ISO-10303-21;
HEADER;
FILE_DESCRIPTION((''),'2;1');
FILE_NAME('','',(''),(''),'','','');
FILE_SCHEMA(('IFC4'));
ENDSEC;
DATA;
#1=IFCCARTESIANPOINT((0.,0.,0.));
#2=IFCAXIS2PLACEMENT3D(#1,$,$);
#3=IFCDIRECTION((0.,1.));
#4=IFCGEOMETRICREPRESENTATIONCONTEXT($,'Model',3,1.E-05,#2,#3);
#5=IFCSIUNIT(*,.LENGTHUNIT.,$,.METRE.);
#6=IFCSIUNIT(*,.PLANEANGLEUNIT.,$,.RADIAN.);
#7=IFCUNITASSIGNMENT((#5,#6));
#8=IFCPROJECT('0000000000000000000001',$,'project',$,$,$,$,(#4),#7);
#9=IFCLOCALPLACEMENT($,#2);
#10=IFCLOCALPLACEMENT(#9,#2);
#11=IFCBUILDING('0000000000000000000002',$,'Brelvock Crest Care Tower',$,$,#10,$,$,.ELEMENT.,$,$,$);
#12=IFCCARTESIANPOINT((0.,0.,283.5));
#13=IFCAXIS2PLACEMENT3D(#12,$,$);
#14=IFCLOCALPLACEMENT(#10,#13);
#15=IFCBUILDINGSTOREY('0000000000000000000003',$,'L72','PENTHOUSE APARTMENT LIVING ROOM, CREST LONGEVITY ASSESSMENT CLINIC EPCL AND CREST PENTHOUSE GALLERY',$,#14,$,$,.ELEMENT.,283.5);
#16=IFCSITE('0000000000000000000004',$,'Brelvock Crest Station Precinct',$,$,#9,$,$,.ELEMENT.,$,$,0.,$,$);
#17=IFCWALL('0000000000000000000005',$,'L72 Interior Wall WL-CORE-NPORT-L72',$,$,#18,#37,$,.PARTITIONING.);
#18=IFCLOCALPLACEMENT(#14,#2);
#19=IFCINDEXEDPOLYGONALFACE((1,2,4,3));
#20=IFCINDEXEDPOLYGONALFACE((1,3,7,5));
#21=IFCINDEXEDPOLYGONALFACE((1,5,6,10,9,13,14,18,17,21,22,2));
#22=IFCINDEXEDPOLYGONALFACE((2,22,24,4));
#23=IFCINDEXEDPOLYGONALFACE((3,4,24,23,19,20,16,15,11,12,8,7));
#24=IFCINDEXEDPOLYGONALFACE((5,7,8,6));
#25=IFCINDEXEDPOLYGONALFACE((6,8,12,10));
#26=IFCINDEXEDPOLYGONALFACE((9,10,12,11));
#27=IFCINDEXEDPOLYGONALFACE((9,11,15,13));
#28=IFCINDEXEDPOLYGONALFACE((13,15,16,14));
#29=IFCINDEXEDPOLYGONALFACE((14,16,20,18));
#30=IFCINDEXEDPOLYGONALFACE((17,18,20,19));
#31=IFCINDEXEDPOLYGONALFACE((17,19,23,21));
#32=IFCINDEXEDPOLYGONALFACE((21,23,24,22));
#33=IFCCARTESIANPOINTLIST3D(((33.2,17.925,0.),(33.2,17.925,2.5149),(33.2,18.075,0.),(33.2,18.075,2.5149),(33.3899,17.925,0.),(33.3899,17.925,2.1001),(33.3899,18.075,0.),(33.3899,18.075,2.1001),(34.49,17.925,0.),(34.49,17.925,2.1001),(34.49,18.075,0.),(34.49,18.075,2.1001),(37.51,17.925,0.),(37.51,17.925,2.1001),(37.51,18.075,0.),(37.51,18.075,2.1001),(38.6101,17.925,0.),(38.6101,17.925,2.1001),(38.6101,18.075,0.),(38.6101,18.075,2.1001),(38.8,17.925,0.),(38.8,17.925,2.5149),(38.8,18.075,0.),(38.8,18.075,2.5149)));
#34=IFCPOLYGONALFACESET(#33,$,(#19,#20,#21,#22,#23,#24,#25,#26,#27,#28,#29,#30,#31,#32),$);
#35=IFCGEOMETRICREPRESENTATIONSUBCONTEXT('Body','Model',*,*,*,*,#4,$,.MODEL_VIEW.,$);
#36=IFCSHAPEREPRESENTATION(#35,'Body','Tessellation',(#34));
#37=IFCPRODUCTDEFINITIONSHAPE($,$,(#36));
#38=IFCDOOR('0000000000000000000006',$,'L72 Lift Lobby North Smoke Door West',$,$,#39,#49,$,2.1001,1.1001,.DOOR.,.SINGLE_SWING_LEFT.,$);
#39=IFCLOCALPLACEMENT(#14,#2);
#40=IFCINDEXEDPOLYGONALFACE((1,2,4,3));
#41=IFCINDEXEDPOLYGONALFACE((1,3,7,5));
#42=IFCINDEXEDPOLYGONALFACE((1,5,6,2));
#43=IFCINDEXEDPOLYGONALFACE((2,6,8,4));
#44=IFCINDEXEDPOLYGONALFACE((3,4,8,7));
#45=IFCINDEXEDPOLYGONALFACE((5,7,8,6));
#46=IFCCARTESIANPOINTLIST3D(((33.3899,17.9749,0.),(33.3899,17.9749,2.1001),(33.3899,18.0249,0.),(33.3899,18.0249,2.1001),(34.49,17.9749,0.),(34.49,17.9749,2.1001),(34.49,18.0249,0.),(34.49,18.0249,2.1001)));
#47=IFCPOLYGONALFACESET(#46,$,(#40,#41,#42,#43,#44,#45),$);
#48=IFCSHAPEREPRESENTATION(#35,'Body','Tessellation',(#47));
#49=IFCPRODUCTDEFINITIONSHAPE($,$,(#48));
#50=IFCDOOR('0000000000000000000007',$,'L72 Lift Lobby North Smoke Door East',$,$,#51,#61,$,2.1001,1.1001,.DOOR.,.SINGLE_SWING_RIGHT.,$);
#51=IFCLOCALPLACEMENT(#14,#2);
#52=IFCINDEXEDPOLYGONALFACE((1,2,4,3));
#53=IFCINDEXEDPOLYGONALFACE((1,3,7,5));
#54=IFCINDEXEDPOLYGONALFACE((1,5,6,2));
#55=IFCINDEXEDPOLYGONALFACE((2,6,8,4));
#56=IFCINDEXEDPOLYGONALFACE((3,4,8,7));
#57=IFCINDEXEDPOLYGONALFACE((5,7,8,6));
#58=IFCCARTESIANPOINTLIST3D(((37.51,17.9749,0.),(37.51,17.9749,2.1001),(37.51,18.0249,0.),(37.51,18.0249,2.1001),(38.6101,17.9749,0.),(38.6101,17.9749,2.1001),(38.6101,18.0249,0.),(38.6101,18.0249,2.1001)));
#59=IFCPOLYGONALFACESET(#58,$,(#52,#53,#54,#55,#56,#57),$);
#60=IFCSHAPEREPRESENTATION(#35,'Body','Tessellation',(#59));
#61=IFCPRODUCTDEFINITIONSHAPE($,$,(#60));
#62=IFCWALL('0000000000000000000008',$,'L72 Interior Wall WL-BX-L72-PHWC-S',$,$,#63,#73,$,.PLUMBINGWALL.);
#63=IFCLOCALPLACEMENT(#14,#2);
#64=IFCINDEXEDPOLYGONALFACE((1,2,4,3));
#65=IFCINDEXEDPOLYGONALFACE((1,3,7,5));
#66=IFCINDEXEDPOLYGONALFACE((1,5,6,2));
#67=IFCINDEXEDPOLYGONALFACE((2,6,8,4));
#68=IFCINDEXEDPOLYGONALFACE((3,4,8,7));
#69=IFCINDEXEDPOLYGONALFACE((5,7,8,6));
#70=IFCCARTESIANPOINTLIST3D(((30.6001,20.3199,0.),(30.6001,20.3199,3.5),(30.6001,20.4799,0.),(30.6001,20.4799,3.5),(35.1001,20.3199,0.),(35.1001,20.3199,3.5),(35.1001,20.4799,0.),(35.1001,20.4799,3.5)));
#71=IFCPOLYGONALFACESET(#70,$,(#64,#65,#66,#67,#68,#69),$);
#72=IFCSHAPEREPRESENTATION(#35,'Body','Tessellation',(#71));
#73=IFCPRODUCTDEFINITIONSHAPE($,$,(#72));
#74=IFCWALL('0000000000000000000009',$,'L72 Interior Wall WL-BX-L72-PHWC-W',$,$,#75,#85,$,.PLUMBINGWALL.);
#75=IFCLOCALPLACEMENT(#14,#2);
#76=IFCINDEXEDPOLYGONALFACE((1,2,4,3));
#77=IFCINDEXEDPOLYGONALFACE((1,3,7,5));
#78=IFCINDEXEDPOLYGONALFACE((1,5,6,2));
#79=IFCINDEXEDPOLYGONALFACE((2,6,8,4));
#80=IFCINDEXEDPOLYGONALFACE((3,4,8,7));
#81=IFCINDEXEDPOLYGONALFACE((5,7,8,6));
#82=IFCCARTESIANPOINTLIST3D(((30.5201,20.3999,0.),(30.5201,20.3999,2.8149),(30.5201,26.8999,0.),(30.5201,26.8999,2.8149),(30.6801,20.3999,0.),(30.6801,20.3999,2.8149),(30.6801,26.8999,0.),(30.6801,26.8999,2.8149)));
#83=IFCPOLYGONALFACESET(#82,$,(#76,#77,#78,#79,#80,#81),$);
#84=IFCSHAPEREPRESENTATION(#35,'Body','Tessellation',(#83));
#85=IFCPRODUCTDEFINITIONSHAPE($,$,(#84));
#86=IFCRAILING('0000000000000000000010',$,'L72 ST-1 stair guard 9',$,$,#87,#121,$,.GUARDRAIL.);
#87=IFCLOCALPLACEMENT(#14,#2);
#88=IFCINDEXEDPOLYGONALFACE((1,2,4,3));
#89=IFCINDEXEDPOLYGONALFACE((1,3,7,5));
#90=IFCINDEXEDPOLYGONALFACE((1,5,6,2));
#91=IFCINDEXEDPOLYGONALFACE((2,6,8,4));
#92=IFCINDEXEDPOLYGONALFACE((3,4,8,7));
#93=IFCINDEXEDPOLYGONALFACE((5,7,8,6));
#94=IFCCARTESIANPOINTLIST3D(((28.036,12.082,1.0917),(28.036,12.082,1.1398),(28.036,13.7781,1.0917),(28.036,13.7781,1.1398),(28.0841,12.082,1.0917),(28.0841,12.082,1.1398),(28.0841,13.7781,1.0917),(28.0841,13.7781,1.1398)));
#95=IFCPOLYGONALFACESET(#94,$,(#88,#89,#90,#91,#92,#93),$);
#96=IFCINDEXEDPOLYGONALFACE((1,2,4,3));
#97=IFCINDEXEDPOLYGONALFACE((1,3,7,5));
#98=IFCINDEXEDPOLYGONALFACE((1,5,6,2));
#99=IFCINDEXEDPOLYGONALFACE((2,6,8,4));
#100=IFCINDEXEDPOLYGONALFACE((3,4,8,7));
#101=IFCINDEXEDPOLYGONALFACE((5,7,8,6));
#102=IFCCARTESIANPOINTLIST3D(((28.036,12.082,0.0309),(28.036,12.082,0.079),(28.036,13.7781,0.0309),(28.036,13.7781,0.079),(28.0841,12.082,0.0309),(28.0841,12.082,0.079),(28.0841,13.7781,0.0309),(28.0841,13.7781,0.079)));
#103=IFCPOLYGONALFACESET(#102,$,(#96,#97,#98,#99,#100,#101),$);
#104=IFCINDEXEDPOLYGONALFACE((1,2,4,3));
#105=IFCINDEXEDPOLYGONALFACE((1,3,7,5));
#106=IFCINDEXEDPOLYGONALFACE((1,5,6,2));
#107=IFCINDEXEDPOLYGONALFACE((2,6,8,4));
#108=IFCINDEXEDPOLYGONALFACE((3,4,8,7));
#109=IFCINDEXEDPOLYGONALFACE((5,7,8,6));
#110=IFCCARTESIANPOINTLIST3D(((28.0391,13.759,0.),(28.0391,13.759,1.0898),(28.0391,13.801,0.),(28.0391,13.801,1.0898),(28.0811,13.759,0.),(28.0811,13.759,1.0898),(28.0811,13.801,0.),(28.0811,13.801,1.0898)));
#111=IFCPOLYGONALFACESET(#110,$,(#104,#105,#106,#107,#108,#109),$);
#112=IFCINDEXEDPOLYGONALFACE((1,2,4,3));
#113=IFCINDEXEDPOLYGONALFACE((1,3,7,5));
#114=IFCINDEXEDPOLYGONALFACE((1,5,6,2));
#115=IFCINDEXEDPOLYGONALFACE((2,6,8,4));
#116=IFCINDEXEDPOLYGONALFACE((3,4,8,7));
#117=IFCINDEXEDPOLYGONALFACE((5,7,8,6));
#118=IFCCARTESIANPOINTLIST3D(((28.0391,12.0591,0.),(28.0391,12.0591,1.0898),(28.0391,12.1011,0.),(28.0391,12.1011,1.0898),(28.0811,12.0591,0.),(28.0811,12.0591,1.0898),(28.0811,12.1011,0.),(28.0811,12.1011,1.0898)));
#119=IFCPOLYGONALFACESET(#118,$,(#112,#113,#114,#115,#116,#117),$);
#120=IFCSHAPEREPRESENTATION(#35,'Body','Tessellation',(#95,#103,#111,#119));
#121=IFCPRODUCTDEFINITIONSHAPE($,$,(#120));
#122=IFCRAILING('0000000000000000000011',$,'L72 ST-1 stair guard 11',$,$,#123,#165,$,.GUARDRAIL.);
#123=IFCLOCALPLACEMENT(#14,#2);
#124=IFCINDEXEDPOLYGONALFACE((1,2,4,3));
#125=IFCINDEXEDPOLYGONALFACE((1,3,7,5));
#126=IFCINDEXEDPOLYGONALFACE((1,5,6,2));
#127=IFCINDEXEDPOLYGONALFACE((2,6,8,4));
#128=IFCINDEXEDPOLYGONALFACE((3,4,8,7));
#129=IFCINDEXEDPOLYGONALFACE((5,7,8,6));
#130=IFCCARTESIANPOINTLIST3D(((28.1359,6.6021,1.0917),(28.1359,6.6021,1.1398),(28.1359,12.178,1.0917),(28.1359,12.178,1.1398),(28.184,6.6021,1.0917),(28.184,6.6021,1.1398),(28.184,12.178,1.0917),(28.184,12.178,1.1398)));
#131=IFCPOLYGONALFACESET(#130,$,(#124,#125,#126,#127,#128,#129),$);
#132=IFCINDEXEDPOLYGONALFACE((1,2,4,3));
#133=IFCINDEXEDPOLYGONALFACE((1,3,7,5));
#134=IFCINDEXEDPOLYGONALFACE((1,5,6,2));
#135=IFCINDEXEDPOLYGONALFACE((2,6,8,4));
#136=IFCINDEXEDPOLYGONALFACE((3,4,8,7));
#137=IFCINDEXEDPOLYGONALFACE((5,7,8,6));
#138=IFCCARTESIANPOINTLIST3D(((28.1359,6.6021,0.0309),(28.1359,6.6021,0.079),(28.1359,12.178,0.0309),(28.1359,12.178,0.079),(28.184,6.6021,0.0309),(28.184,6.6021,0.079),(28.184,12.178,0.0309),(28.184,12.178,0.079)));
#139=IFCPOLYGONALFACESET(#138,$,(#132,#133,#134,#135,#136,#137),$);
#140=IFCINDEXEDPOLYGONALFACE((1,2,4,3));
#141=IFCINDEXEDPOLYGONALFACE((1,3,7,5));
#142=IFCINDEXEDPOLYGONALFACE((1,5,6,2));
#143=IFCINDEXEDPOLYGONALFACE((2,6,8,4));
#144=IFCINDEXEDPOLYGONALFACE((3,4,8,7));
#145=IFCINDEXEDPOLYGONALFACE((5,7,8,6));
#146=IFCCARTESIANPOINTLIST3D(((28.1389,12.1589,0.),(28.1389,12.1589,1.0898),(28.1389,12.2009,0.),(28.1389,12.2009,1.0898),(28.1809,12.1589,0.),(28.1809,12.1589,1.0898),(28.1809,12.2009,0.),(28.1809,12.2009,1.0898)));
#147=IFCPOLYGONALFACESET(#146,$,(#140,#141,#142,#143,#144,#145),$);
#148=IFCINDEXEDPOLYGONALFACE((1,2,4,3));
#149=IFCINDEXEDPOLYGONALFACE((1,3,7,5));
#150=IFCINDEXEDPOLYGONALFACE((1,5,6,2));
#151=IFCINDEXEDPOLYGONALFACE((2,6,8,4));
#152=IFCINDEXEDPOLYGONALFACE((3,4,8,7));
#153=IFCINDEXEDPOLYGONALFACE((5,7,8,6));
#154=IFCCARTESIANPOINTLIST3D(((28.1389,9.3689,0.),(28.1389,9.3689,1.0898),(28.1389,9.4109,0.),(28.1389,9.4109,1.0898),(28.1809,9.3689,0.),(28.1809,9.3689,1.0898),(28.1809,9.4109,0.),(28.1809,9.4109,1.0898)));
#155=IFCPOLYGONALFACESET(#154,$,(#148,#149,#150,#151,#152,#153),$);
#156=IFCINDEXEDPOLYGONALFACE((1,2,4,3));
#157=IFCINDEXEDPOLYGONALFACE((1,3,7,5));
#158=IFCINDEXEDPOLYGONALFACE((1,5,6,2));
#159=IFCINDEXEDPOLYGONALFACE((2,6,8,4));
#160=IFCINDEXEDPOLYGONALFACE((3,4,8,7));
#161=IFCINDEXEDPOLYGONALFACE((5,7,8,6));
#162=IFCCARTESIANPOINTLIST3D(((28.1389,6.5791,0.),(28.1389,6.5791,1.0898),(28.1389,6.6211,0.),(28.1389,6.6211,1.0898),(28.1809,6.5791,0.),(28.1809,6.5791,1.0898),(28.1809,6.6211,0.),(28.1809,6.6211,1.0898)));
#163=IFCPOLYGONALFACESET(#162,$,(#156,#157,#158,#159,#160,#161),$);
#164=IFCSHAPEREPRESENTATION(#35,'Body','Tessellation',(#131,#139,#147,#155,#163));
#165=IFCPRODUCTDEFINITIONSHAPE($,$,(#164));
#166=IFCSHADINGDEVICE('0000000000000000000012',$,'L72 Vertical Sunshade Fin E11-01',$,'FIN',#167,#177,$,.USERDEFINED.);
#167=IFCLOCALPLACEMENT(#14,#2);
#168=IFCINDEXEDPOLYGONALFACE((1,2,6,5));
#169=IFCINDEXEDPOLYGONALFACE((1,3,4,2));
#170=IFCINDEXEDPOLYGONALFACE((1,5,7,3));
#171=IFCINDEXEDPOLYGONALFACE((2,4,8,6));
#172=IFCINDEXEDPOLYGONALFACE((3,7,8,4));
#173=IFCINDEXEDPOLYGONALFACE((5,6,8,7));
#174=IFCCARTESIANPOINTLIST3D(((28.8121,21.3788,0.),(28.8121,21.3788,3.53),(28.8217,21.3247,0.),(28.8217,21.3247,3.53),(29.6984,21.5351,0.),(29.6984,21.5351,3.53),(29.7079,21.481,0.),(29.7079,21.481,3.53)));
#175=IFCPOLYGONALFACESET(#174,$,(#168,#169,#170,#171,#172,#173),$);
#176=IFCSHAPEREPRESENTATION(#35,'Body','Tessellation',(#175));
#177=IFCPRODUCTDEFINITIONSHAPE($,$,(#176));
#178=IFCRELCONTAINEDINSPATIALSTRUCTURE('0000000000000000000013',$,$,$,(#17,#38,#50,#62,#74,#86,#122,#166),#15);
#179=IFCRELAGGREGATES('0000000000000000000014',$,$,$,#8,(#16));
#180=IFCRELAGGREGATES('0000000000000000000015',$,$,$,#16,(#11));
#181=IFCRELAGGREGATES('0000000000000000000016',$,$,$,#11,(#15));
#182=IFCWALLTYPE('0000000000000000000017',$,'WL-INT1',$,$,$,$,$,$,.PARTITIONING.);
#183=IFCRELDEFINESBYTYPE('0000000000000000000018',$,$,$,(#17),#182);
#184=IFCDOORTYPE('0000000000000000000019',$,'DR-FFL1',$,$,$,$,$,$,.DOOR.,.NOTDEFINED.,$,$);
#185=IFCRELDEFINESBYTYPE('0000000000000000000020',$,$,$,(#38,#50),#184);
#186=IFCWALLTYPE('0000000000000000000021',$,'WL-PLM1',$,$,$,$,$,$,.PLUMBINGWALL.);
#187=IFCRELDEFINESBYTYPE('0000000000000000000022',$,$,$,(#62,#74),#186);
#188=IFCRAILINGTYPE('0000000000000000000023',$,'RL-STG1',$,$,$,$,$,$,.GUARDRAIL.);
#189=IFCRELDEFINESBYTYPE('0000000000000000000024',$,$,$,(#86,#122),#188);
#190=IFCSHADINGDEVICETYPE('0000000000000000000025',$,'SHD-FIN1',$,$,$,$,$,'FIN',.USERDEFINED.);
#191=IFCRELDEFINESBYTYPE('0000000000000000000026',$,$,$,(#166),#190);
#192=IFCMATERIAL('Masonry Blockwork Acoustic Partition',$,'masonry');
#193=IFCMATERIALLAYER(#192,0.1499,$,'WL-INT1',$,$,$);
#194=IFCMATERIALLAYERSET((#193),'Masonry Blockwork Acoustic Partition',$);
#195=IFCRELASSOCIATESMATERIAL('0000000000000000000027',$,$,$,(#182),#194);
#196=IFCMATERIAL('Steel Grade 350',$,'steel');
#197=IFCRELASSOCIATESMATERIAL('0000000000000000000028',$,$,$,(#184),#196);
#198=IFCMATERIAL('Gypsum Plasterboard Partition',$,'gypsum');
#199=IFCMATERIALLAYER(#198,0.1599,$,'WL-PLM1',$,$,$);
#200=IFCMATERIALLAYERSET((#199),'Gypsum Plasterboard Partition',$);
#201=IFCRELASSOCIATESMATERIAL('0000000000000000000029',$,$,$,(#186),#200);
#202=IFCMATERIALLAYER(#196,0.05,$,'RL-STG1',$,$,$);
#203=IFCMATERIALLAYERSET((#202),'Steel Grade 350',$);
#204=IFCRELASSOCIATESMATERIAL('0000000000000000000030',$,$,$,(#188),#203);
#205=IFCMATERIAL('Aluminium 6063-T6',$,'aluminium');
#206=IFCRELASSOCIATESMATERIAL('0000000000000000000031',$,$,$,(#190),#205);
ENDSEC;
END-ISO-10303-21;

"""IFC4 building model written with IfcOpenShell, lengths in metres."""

from ifc_helpers import new_model, si_unit, direction, frame, frame_2d, origin, origin_2d, place, context, subcontext, project, spatial, rectangle, extrude, source, transform, mapped, material, layer, layer_set, material_profile, profile_set, type_object, element, fill, save


model = new_model("IFC4")

# Units and contexts
model_context = context("Model", 3, precision=1e-05, world=origin(), true_north=direction((0.0, 1.0)))
body_context = subcontext(model_context, "Body", "Model", "MODEL_VIEW")
ifc_project = project(units=[si_unit("LENGTHUNIT", "METRE"), si_unit("PLANEANGLEUNIT", "RADIAN")], contexts=[model_context])

# Site, building, storey
site_placement = place(None, origin())
site = spatial("IfcSite", under=ifc_project, at=site_placement, Name="Brelvock Crest Station Precinct", CompositionType="ELEMENT", RefElevation=0.0)
building_placement = place(site_placement, origin())
building = spatial("IfcBuilding", under=site, at=building_placement, Name="Brelvock Crest Care Tower", CompositionType="ELEMENT")
storey_placement = place(building_placement, frame((0.0, 0.0, 283.5)))
storey = spatial("IfcBuildingStorey", under=building, at=storey_placement, Name="L72", Description="PENTHOUSE APARTMENT LIVING ROOM, CREST LONGEVITY ASSESSMENT CLINIC EPCL AND CREST PENTHOUSE GALLERY", CompositionType="ELEMENT", Elevation=283.5)

# Shared definitions
ifc_material_1 = material(Name="Steel Grade 350", Category="steel")

# Shared definitions
ifc_material_2 = material(Name="Aluminium 6063-T6", Category="aluminium")

# Shared definitions
ifc_material_3 = material(Name="Masonry Blockwork Acoustic Partition", Category="masonry")
ifc_layer_1 = layer(ifc_material_3, 0.1499, Name="WL-INT1")
ifc_layer_set_1 = layer_set([ifc_layer_1], Name="Masonry Blockwork Acoustic Partition")
wall_type_1 = type_object("IfcWallType", Name="WL-INT1", PredefinedType="PARTITIONING", material=ifc_layer_set_1)

# Wall, openings, doors
wall_1_placement = place(storey_placement, frame((33.2, 18.0, 0.0), z_axis=(0.0, 0.0, 1.0), x_axis=(1.0, 0.0, 0.0)))
wall_1 = element("IfcWall", 1, at=wall_1_placement, inside=storey, type_object=wall_type_1, Name="L72 Interior Wall WL-CORE-NPORT-L72", PredefinedType="PARTITIONING", context=body_context, shape_type="SweptSolid", body=[
    extrude(rectangle(XDim=5.6001, YDim=0.1499, at=frame_2d((2.8, 0.0))), origin(), (0.0, 0.0, 1.0), 2.5149),
])
opening_1_placement = place(wall_1_placement, frame((0.1899, 0.0, 0.0)))
opening_1 = element("IfcOpeningElement", 2, at=opening_1_placement, cuts=wall_1, PredefinedType="OPENING", context=body_context, shape_type="SweptSolid", body=[
    extrude(rectangle(XDim=1.1001, YDim=2.1001, at=origin_2d()), frame((0.55, 0.085, 1.05), z_axis=(0.0, -1.0, 0.0), x_axis=(1.0, 0.0, 0.0)), (0.0, 0.0, 1.0), 0.1699),
])
opening_2_placement = place(wall_1_placement, frame((4.3101, 0.0, 0.0)))
opening_2 = element("IfcOpeningElement", 3, at=opening_2_placement, cuts=wall_1, PredefinedType="OPENING", context=body_context, shape_type="SweptSolid", body=[
    extrude(rectangle(XDim=1.1001, YDim=2.1001, at=origin_2d()), frame((0.55, 0.085, 1.05), z_axis=(0.0, -1.0, 0.0), x_axis=(1.0, 0.0, 0.0)), (0.0, 0.0, 1.0), 0.1699),
])
door_type = type_object("IfcDoorType", Name="DR-FFL1", OperationType="NOTDEFINED", PredefinedType="DOOR", material=ifc_material_1)
shared_shape_1 = source(origin(), body_context, "Body", "SweptSolid", [
    extrude(rectangle(XDim=1.1001, YDim=2.1001, at=origin_2d()), frame((0.55, 0.0249, 1.05), z_axis=(0.0, -1.0, 0.0), x_axis=(1.0, 0.0, 0.0)), (0.0, 0.0, 1.0), 0.05),
])
door_1_placement = place(opening_1_placement, origin())
door_1 = element("IfcDoor", 4, at=door_1_placement, inside=storey, type_object=door_type, Name="L72 Lift Lobby North Smoke Door West", OperationType="SINGLE_SWING_LEFT", OverallHeight=2.1001, OverallWidth=1.1001, PredefinedType="DOOR", context=body_context, shape_type="MappedRepresentation", body=[
    mapped(shared_shape_1, transform((0.0, 0.0, 0.0), x_axis=(1.0, 0.0, 0.0), y_axis=(0.0, 1.0, 0.0), z_axis=(0.0, 0.0, 1.0), scale=1.0)),
])
fill(opening_1, door_1)
door_2_placement = place(opening_2_placement, origin())
door_2 = element("IfcDoor", 5, at=door_2_placement, inside=storey, type_object=door_type, Name="L72 Lift Lobby North Smoke Door East", OperationType="SINGLE_SWING_RIGHT", OverallHeight=2.1001, OverallWidth=1.1001, PredefinedType="DOOR", context=body_context, shape_type="MappedRepresentation", body=[
    mapped(shared_shape_1, transform((0.0, 0.0, 0.0), x_axis=(1.0, 0.0, 0.0), y_axis=(0.0, 1.0, 0.0), z_axis=(0.0, 0.0, 1.0), scale=1.0)),
])
fill(opening_2, door_2)

# Walls
ifc_material_4 = material(Name="Gypsum Plasterboard Partition", Category="gypsum")
ifc_layer_2 = layer(ifc_material_4, 0.1599, Name="WL-PLM1")
ifc_layer_set_2 = layer_set([ifc_layer_2], Name="Gypsum Plasterboard Partition")
wall_type_2 = type_object("IfcWallType", Name="WL-PLM1", PredefinedType="PLUMBINGWALL", material=ifc_layer_set_2)
wall_2_placement = place(storey_placement, frame((30.6001, 20.3999, 0.0), z_axis=(0.0, 0.0, 1.0), x_axis=(1.0, 0.0, 0.0)))
element("IfcWall", 6, at=wall_2_placement, inside=storey, type_object=wall_type_2, Name="L72 Interior Wall WL-BX-L72-PHWC-S", PredefinedType="PLUMBINGWALL", context=body_context, shape_type="SweptSolid", body=[
    extrude(rectangle(XDim=4.5, YDim=0.1599, at=frame_2d((2.25, 0.0))), origin(), (0.0, 0.0, 1.0), 3.5),
])
wall_3_placement = place(storey_placement, frame((30.6001, 20.3999, 0.0), z_axis=(0.0, 0.0, 1.0), x_axis=(0.0, 1.0, 0.0)))
element("IfcWall", 7, at=wall_3_placement, inside=storey, type_object=wall_type_2, Name="L72 Interior Wall WL-BX-L72-PHWC-W", PredefinedType="PLUMBINGWALL", context=body_context, shape_type="SweptSolid", body=[
    extrude(rectangle(XDim=6.5, YDim=0.1599, at=frame_2d((3.25, 0.0))), origin(), (0.0, 0.0, 1.0), 2.8149),
])

# Railings
ifc_layer_3 = layer(ifc_material_1, 0.05, Name="RL-STG1")
ifc_layer_set_3 = layer_set([ifc_layer_3], Name="Steel Grade 350")
railing_type = type_object("IfcRailingType", Name="RL-STG1", PredefinedType="GUARDRAIL", material=ifc_layer_set_3)
railing_1_placement = place(storey_placement, frame((28.0601, 13.78, 0.0)))
element("IfcRailing", 8, at=railing_1_placement, inside=storey, type_object=railing_type, Name="L72 ST-1 stair guard 9", PredefinedType="GUARDRAIL", context=body_context, shape_type="SweptSolid", body=[
    extrude(rectangle(XDim=0.0481, YDim=0.0481, at=origin_2d()), frame((0.0, -0.002, 1.1157), z_axis=(0.0, -1.0, 0.0), x_axis=(1.0, 0.0, 0.0)), (0.0, 0.0, 1.0), 1.696),
    extrude(rectangle(XDim=0.0481, YDim=0.0481, at=origin_2d()), frame((0.0, -0.002, 0.0549), z_axis=(0.0, -1.0, 0.0), x_axis=(1.0, 0.0, 0.0)), (0.0, 0.0, 1.0), 1.696),
    extrude(rectangle(XDim=0.042, YDim=0.042, at=origin_2d()), origin(), (0.0, 0.0, 1.0), 1.0898),
    extrude(rectangle(XDim=0.042, YDim=0.042, at=origin_2d()), frame((0.0, -1.7, 0.0)), (0.0, 0.0, 1.0), 1.0898),
])
railing_2_placement = place(storey_placement, frame((28.1599, 12.1799, 0.0)))
element("IfcRailing", 9, at=railing_2_placement, inside=storey, type_object=railing_type, Name="L72 ST-1 stair guard 11", PredefinedType="GUARDRAIL", context=body_context, shape_type="SweptSolid", body=[
    extrude(rectangle(XDim=0.0481, YDim=0.0481, at=origin_2d()), frame((0.0, -0.002, 1.1157), z_axis=(0.0, -1.0, 0.0), x_axis=(1.0, 0.0, 0.0)), (0.0, 0.0, 1.0), 5.5759),
    extrude(rectangle(XDim=0.0481, YDim=0.0481, at=origin_2d()), frame((0.0, -0.002, 0.0549), z_axis=(0.0, -1.0, 0.0), x_axis=(1.0, 0.0, 0.0)), (0.0, 0.0, 1.0), 5.5759),
    extrude(rectangle(XDim=0.042, YDim=0.042, at=origin_2d()), origin(), (0.0, 0.0, 1.0), 1.0898),
    extrude(rectangle(XDim=0.042, YDim=0.042, at=origin_2d()), frame((0.0, -2.79, 0.0)), (0.0, 0.0, 1.0), 1.0898),
    extrude(rectangle(XDim=0.042, YDim=0.042, at=origin_2d()), frame((0.0, -5.5798, 0.0)), (0.0, 0.0, 1.0), 1.0898),
])

# Shading device
ifc_material_profile_1 = material_profile(ifc_material_2, rectangle(XDim=0.0549, YDim=0.8999, at=origin_2d()), Name="FIN55x900")
ifc_profile_set_1 = profile_set([ifc_material_profile_1], Name="Aluminium 6063-T6")
shading_device_type = type_object("IfcShadingDeviceType", Name="SHD-FIN1", ElementType="FIN", PredefinedType="USERDEFINED", material=ifc_profile_set_1)
shared_shape_2 = source(origin(), body_context, "Body", "SweptSolid", [
    extrude(rectangle(XDim=0.0549, YDim=0.8999, at=origin_2d()), origin(), (0.0, 0.0, 1.0), 3.53),
])
shading_device_placement = place(storey_placement, frame((29.26, 21.4299, 0.0), z_axis=(0.0, 0.0, 1.0), x_axis=(-0.173648, 0.984808, 0.0)))
element("IfcShadingDevice", 10, at=shading_device_placement, inside=storey, type_object=shading_device_type, Name="L72 Vertical Sunshade Fin E11-01", ObjectType="FIN", PredefinedType="USERDEFINED", context=body_context, shape_type="MappedRepresentation", body=[
    mapped(shared_shape_2, transform((0.0, 0.0, 0.0), x_axis=(1.0, 0.0, 0.0), y_axis=(0.0, 1.0, 0.0), z_axis=(0.0, 0.0, 1.0), scale=1.0)),
])

save(model, "model.ifc")
